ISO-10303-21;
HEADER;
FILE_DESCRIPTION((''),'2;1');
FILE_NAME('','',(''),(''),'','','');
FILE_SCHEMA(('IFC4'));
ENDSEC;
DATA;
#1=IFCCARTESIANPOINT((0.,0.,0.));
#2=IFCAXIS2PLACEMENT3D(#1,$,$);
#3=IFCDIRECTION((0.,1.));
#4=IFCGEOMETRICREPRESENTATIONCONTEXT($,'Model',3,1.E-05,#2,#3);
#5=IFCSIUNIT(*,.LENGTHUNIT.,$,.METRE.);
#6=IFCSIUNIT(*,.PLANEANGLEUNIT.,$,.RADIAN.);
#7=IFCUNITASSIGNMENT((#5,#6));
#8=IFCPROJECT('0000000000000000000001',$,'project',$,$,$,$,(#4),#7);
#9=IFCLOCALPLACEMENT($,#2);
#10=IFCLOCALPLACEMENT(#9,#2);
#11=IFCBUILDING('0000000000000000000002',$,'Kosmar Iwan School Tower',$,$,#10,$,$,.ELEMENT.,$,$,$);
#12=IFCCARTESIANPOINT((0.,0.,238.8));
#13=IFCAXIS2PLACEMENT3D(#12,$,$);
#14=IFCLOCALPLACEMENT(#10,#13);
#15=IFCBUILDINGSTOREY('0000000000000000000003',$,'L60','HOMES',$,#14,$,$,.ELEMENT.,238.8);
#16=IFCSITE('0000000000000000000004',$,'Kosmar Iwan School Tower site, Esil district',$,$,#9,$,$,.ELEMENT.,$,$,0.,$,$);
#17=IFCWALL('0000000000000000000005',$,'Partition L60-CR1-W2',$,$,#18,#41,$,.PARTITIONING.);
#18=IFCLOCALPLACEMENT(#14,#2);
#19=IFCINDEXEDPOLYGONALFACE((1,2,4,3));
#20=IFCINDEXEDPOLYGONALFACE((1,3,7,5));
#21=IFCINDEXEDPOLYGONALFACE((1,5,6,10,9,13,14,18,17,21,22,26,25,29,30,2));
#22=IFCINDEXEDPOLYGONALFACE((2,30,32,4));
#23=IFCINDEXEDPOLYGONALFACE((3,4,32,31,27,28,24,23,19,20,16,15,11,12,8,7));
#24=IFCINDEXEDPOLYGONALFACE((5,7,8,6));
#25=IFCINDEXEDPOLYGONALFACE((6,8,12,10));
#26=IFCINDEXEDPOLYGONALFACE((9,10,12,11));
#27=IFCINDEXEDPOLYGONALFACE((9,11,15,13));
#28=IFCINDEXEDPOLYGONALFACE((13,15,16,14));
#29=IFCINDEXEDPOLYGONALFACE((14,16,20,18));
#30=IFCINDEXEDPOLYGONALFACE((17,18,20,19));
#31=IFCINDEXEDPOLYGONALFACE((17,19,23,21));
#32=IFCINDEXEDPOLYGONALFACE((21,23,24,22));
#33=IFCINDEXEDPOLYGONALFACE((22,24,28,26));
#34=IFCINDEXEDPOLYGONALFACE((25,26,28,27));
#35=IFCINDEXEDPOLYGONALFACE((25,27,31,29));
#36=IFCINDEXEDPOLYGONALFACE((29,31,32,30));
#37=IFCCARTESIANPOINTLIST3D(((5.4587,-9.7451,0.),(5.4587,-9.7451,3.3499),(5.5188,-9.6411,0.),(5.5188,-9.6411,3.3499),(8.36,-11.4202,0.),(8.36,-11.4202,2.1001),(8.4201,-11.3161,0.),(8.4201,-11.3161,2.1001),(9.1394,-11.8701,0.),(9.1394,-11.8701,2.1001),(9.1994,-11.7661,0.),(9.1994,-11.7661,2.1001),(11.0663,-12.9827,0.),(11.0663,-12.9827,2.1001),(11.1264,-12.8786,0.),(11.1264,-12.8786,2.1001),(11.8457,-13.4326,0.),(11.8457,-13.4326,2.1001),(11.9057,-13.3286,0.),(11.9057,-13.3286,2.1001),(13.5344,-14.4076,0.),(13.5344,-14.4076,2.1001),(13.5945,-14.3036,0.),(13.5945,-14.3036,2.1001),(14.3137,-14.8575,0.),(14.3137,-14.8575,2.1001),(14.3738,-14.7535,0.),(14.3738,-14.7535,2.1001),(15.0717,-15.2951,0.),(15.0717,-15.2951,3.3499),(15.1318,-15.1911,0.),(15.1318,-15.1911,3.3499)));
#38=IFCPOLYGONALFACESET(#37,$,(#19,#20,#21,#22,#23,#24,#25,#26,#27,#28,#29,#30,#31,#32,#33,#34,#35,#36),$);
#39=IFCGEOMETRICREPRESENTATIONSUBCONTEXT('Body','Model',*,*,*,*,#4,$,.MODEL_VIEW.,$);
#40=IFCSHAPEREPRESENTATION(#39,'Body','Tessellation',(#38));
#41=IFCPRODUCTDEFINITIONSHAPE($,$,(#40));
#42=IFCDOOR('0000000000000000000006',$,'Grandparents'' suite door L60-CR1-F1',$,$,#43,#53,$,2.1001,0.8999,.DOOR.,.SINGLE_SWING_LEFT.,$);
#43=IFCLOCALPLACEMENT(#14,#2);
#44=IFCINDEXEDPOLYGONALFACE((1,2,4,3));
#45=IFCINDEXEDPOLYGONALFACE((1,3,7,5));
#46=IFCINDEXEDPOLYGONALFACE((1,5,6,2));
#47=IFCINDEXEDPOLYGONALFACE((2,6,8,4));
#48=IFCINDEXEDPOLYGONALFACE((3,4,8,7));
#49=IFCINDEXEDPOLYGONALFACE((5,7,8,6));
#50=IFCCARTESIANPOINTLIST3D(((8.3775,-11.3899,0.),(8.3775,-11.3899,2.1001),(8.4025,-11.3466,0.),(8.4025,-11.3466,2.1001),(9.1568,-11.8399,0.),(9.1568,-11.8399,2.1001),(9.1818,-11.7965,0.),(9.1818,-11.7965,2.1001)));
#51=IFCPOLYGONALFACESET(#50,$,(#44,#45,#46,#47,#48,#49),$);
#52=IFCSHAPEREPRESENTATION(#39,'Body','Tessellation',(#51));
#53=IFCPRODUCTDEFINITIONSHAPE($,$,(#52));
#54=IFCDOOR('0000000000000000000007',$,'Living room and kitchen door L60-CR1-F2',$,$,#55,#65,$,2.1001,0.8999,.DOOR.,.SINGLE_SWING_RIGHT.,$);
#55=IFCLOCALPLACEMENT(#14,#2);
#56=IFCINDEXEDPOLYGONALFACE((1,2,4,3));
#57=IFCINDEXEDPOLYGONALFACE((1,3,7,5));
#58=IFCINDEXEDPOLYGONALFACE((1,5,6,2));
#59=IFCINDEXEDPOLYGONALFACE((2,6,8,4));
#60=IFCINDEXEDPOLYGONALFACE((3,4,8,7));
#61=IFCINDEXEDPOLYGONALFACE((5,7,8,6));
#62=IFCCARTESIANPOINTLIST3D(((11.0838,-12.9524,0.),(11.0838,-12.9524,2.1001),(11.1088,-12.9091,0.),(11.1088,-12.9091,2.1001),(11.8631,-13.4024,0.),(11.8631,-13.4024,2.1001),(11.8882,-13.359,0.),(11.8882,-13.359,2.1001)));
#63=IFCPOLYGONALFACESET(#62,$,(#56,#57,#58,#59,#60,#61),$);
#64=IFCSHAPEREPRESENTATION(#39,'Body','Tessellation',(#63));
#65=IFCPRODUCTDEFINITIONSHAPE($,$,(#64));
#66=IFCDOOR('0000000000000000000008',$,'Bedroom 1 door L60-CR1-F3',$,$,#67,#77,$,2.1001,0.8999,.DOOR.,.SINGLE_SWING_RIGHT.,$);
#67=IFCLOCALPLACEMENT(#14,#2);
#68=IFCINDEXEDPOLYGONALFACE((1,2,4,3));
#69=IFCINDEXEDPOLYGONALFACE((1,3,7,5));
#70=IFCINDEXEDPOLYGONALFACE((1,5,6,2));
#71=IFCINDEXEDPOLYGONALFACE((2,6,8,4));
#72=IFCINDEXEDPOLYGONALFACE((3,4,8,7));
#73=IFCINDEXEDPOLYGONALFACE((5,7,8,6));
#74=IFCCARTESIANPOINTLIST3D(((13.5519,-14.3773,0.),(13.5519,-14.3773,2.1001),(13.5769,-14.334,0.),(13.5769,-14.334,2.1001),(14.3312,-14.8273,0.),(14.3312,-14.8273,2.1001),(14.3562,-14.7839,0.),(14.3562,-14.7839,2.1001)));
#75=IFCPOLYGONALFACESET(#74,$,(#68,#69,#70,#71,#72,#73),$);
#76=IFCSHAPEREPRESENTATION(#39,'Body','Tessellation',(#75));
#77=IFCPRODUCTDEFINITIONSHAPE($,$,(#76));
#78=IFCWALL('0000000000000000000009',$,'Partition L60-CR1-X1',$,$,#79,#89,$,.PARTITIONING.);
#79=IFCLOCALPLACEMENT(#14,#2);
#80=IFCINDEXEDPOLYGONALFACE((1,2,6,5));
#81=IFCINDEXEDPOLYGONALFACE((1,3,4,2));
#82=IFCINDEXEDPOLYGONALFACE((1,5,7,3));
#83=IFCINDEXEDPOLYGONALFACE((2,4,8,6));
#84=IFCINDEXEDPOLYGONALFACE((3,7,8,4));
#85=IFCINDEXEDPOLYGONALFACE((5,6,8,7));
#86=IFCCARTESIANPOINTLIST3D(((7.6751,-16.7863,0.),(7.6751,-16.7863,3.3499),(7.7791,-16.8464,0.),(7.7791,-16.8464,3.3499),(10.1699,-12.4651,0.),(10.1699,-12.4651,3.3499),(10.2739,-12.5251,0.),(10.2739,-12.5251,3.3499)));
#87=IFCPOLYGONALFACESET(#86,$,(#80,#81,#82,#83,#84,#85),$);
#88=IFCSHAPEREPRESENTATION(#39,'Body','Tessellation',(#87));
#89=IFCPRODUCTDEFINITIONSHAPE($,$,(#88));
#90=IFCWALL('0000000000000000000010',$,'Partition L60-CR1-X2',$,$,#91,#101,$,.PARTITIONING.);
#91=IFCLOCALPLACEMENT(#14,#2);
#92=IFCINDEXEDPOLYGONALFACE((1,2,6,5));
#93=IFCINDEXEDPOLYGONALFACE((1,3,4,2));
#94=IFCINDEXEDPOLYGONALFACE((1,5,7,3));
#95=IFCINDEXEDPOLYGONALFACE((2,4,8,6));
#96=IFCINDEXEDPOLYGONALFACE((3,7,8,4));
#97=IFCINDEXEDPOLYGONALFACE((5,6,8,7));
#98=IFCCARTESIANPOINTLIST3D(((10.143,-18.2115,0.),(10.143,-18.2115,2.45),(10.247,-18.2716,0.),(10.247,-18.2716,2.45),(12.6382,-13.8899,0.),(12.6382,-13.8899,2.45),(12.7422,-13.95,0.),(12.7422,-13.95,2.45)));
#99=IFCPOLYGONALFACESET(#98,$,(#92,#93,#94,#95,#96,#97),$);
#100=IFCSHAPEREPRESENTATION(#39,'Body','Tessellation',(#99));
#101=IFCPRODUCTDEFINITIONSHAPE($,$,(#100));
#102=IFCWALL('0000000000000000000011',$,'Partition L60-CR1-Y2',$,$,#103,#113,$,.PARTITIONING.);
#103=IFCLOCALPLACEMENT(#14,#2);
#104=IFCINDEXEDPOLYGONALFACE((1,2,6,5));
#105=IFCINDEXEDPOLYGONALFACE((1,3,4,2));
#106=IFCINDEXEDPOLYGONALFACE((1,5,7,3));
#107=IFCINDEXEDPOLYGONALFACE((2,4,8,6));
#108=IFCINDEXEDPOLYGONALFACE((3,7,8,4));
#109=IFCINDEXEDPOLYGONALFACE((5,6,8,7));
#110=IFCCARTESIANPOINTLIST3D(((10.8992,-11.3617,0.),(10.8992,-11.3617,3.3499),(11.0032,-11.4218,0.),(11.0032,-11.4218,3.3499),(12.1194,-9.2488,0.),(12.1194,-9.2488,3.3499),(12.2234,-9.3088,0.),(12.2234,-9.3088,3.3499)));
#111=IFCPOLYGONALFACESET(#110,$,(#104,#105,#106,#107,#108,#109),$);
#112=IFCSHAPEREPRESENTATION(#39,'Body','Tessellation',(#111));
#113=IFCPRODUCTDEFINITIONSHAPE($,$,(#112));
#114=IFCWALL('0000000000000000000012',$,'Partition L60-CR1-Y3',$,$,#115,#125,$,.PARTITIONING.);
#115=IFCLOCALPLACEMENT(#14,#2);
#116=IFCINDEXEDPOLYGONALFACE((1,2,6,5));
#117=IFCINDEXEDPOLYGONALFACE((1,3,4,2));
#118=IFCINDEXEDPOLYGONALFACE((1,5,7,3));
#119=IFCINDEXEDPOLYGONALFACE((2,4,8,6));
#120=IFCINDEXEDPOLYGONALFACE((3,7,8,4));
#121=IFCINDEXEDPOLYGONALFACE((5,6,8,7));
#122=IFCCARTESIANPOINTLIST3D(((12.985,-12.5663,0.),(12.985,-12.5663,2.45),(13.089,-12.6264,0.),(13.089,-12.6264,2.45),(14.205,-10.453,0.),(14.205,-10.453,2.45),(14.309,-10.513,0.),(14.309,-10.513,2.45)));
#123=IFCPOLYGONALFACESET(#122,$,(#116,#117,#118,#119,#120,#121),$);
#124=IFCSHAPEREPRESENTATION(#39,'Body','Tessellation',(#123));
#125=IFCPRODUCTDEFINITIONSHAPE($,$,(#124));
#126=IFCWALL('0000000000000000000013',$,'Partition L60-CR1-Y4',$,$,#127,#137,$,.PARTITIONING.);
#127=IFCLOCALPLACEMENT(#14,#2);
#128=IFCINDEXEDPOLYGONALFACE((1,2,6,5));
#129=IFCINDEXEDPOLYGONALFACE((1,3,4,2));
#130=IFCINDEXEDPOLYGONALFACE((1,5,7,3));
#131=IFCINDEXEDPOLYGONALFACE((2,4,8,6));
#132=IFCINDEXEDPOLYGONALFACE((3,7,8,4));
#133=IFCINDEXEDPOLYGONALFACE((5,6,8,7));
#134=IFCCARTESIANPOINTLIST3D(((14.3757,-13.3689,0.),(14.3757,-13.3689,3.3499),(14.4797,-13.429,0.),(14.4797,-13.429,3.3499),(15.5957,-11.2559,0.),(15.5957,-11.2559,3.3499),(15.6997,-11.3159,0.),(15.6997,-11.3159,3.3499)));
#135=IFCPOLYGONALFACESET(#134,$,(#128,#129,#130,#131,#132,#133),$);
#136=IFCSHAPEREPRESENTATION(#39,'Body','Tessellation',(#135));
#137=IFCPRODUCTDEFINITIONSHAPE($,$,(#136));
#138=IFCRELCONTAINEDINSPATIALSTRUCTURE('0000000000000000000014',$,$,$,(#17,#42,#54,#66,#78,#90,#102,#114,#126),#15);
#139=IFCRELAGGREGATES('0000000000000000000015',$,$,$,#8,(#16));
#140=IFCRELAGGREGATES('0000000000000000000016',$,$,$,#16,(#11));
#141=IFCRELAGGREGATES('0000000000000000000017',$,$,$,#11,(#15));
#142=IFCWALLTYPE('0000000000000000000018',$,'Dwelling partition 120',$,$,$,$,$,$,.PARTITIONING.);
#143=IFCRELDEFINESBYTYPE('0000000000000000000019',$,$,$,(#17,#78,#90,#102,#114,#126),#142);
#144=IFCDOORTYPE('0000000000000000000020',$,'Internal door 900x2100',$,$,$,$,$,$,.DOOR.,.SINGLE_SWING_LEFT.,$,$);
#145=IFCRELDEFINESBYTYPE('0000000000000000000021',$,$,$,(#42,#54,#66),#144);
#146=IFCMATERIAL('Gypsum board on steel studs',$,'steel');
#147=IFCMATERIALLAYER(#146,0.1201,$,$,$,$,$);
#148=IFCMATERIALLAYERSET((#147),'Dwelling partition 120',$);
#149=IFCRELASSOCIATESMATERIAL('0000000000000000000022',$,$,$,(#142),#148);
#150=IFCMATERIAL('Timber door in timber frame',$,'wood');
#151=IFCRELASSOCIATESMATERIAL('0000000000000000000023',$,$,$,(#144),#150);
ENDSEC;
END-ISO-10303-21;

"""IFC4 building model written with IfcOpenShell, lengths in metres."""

from ifc_helpers import new_model, si_unit, direction, frame, frame_2d, origin, place, context, subcontext, project, spatial, rectangle, extrude, material, layer, layer_set, type_object, element, fill, save


model = new_model("IFC4")

# Units and contexts
model_context = context("Model", 3, precision=1e-05, world=origin(), true_north=direction((0.0, 1.0)))
body_context = subcontext(model_context, "Body", "Model", "MODEL_VIEW")
ifc_project = project(units=[si_unit("LENGTHUNIT", "METRE"), si_unit("PLANEANGLEUNIT", "RADIAN")], contexts=[model_context])

# Site, building, storey
site_placement = place(None, origin())
site = spatial("IfcSite", under=ifc_project, at=site_placement, Name="Kosmar Iwan School Tower site, Esil district", CompositionType="ELEMENT", RefElevation=0.0)
building_placement = place(site_placement, origin())
building = spatial("IfcBuilding", under=site, at=building_placement, Name="Kosmar Iwan School Tower", CompositionType="ELEMENT")
storey_placement = place(building_placement, frame((0.0, 0.0, 238.8)))
storey = spatial("IfcBuildingStorey", under=building, at=storey_placement, Name="L60", Description="HOMES", CompositionType="ELEMENT", Elevation=238.8)

# Wall, openings, doors
ifc_material_1 = material(Name="Gypsum board on steel studs", Category="steel")
ifc_layer_1 = layer(ifc_material_1, 0.1201)
ifc_layer_set_1 = layer_set([ifc_layer_1], Name="Dwelling partition 120")
wall_type_1 = type_object("IfcWallType", Name="Dwelling partition 120", PredefinedType="PARTITIONING", material=ifc_layer_set_1)
ifc_material_2 = material(Name="Timber door in timber frame", Category="wood")
door_type_1 = type_object("IfcDoorType", Name="Internal door 900x2100", OperationType="SINGLE_SWING_LEFT", PredefinedType="DOOR", material=ifc_material_2)
wall_1_placement = place(storey_placement, frame((5.4888, -9.6931, 0.0), z_axis=(0.0, 0.0, 1.0), x_axis=(0.866027, -0.499997, 0.0)))
wall_1 = element("IfcWall", 1, at=wall_1_placement, inside=storey, type_object=wall_type_1, Name="Partition L60-CR1-W2", PredefinedType="PARTITIONING", context=body_context, shape_type="SweptSolid", body=[
    extrude(rectangle(XDim=11.1001, YDim=0.1201, at=frame_2d((5.55, 0.0))), origin(), (0.0, 0.0, 1.0), 3.3499),
])
opening_1_placement = place(wall_1_placement, frame((3.3501, 0.0, 0.0)))
opening_1 = element("IfcOpeningElement", 2, at=opening_1_placement, cuts=wall_1, PredefinedType="OPENING", context=body_context, shape_type="SweptSolid", body=[
    extrude(rectangle(XDim=0.8999, YDim=2.1001, at=frame_2d((0.45, 1.05))), frame((0.0, 0.072, 0.0), z_axis=(0.0, -1.0, 0.0), x_axis=(1.0, 0.0, 0.0)), (0.0, 0.0, 1.0), 0.144),
])
opening_2_placement = place(wall_1_placement, frame((6.4751, 0.0, 0.0)))
opening_2 = element("IfcOpeningElement", 3, at=opening_2_placement, cuts=wall_1, PredefinedType="OPENING", context=body_context, shape_type="SweptSolid", body=[
    extrude(rectangle(XDim=0.8999, YDim=2.1001, at=frame_2d((0.45, 1.05))), frame((0.0, 0.072, 0.0), z_axis=(0.0, -1.0, 0.0), x_axis=(1.0, 0.0, 0.0)), (0.0, 0.0, 1.0), 0.144),
])
opening_3_placement = place(wall_1_placement, frame((9.325, 0.0, 0.0)))
opening_3 = element("IfcOpeningElement", 4, at=opening_3_placement, cuts=wall_1, PredefinedType="OPENING", context=body_context, shape_type="SweptSolid", body=[
    extrude(rectangle(XDim=0.8999, YDim=2.1001, at=frame_2d((0.45, 1.05))), frame((0.0, 0.072, 0.0), z_axis=(0.0, -1.0, 0.0), x_axis=(1.0, 0.0, 0.0)), (0.0, 0.0, 1.0), 0.144),
])
door_1_placement = place(opening_1_placement, origin())
door_1 = element("IfcDoor", 5, at=door_1_placement, inside=storey, type_object=door_type_1, Name="Grandparents' suite door L60-CR1-F1", OperationType="SINGLE_SWING_LEFT", OverallHeight=2.1001, OverallWidth=0.8999, PredefinedType="DOOR", context=body_context, shape_type="SweptSolid", body=[
    extrude(rectangle(XDim=0.8999, YDim=2.1001, at=frame_2d((0.45, 1.05))), frame((0.0, 0.0249, 0.0), z_axis=(0.0, -1.0, 0.0), x_axis=(1.0, 0.0, 0.0)), (0.0, 0.0, 1.0), 0.05),
])
fill(opening_1, door_1)
door_2_placement = place(opening_2_placement, origin())
door_2 = element("IfcDoor", 6, at=door_2_placement, inside=storey, type_object=door_type_1, Name="Living room and kitchen door L60-CR1-F2", OperationType="SINGLE_SWING_RIGHT", OverallHeight=2.1001, OverallWidth=0.8999, PredefinedType="DOOR", context=body_context, shape_type="SweptSolid", body=[
    extrude(rectangle(XDim=0.8999, YDim=2.1001, at=frame_2d((0.45, 1.05))), frame((0.0, 0.0249, 0.0), z_axis=(0.0, -1.0, 0.0), x_axis=(1.0, 0.0, 0.0)), (0.0, 0.0, 1.0), 0.05),
])
fill(opening_2, door_2)
door_3_placement = place(opening_3_placement, origin())
door_3 = element("IfcDoor", 7, at=door_3_placement, inside=storey, type_object=door_type_1, Name="Bedroom 1 door L60-CR1-F3", OperationType="SINGLE_SWING_RIGHT", OverallHeight=2.1001, OverallWidth=0.8999, PredefinedType="DOOR", context=body_context, shape_type="SweptSolid", body=[
    extrude(rectangle(XDim=0.8999, YDim=2.1001, at=frame_2d((0.45, 1.05))), frame((0.0, 0.0249, 0.0), z_axis=(0.0, -1.0, 0.0), x_axis=(1.0, 0.0, 0.0)), (0.0, 0.0, 1.0), 0.05),
])
fill(opening_3, door_3)

# Walls
wall_2_placement = place(storey_placement, frame((10.2219, -12.4951, 0.0), z_axis=(0.0, 0.0, 1.0), x_axis=(-0.499996, -0.866028, 0.0)))
element("IfcWall", 8, at=wall_2_placement, inside=storey, type_object=wall_type_1, Name="Partition L60-CR1-X1", PredefinedType="PARTITIONING", context=body_context, shape_type="SweptSolid", body=[
    extrude(rectangle(XDim=4.9897, YDim=0.1201, at=frame_2d((2.4949, 0.0))), origin(), (0.0, 0.0, 1.0), 3.3499),
])
wall_3_placement = place(storey_placement, frame((12.6902, -13.9199, 0.0), z_axis=(0.0, 0.0, 1.0), x_axis=(-0.500012, -0.866019, 0.0)))
element("IfcWall", 9, at=wall_3_placement, inside=storey, type_object=wall_type_1, Name="Partition L60-CR1-X2", PredefinedType="PARTITIONING", context=body_context, shape_type="SweptSolid", body=[
    extrude(rectangle(XDim=4.9902, YDim=0.1201, at=frame_2d((2.4951, 0.0))), origin(), (0.0, 0.0, 1.0), 2.45),
])
wall_4_placement = place(storey_placement, frame((12.1714, -9.2788, 0.0), z_axis=(0.0, 0.0, 1.0), x_axis=(-0.500078, -0.865981, 0.0)))
element("IfcWall", 10, at=wall_4_placement, inside=storey, type_object=wall_type_1, Name="Partition L60-CR1-Y2", PredefinedType="PARTITIONING", context=body_context, shape_type="SweptSolid", body=[
    extrude(rectangle(XDim=2.4399, YDim=0.1201, at=frame_2d((1.22, 0.0))), origin(), (0.0, 0.0, 1.0), 3.3499),
])
wall_5_placement = place(storey_placement, frame((14.2571, -10.4829, 0.0), z_axis=(0.0, 0.0, 1.0), x_axis=(-0.499959, -0.866049, 0.0)))
element("IfcWall", 11, at=wall_5_placement, inside=storey, type_object=wall_type_1, Name="Partition L60-CR1-Y3", PredefinedType="PARTITIONING", context=body_context, shape_type="SweptSolid", body=[
    extrude(rectangle(XDim=2.4402, YDim=0.1201, at=frame_2d((1.2202, 0.0))), origin(), (0.0, 0.0, 1.0), 2.45),
])
wall_6_placement = place(storey_placement, frame((15.6477, -11.2859, 0.0), z_axis=(0.0, 0.0, 1.0), x_axis=(-0.500003, -0.866024, 0.0)))
element("IfcWall", 12, at=wall_6_placement, inside=storey, type_object=wall_type_1, Name="Partition L60-CR1-Y4", PredefinedType="PARTITIONING", context=body_context, shape_type="SweptSolid", body=[
    extrude(rectangle(XDim=2.4399, YDim=0.1201, at=frame_2d((1.22, 0.0))), origin(), (0.0, 0.0, 1.0), 3.3499),
])

save(model, "model.ifc")
